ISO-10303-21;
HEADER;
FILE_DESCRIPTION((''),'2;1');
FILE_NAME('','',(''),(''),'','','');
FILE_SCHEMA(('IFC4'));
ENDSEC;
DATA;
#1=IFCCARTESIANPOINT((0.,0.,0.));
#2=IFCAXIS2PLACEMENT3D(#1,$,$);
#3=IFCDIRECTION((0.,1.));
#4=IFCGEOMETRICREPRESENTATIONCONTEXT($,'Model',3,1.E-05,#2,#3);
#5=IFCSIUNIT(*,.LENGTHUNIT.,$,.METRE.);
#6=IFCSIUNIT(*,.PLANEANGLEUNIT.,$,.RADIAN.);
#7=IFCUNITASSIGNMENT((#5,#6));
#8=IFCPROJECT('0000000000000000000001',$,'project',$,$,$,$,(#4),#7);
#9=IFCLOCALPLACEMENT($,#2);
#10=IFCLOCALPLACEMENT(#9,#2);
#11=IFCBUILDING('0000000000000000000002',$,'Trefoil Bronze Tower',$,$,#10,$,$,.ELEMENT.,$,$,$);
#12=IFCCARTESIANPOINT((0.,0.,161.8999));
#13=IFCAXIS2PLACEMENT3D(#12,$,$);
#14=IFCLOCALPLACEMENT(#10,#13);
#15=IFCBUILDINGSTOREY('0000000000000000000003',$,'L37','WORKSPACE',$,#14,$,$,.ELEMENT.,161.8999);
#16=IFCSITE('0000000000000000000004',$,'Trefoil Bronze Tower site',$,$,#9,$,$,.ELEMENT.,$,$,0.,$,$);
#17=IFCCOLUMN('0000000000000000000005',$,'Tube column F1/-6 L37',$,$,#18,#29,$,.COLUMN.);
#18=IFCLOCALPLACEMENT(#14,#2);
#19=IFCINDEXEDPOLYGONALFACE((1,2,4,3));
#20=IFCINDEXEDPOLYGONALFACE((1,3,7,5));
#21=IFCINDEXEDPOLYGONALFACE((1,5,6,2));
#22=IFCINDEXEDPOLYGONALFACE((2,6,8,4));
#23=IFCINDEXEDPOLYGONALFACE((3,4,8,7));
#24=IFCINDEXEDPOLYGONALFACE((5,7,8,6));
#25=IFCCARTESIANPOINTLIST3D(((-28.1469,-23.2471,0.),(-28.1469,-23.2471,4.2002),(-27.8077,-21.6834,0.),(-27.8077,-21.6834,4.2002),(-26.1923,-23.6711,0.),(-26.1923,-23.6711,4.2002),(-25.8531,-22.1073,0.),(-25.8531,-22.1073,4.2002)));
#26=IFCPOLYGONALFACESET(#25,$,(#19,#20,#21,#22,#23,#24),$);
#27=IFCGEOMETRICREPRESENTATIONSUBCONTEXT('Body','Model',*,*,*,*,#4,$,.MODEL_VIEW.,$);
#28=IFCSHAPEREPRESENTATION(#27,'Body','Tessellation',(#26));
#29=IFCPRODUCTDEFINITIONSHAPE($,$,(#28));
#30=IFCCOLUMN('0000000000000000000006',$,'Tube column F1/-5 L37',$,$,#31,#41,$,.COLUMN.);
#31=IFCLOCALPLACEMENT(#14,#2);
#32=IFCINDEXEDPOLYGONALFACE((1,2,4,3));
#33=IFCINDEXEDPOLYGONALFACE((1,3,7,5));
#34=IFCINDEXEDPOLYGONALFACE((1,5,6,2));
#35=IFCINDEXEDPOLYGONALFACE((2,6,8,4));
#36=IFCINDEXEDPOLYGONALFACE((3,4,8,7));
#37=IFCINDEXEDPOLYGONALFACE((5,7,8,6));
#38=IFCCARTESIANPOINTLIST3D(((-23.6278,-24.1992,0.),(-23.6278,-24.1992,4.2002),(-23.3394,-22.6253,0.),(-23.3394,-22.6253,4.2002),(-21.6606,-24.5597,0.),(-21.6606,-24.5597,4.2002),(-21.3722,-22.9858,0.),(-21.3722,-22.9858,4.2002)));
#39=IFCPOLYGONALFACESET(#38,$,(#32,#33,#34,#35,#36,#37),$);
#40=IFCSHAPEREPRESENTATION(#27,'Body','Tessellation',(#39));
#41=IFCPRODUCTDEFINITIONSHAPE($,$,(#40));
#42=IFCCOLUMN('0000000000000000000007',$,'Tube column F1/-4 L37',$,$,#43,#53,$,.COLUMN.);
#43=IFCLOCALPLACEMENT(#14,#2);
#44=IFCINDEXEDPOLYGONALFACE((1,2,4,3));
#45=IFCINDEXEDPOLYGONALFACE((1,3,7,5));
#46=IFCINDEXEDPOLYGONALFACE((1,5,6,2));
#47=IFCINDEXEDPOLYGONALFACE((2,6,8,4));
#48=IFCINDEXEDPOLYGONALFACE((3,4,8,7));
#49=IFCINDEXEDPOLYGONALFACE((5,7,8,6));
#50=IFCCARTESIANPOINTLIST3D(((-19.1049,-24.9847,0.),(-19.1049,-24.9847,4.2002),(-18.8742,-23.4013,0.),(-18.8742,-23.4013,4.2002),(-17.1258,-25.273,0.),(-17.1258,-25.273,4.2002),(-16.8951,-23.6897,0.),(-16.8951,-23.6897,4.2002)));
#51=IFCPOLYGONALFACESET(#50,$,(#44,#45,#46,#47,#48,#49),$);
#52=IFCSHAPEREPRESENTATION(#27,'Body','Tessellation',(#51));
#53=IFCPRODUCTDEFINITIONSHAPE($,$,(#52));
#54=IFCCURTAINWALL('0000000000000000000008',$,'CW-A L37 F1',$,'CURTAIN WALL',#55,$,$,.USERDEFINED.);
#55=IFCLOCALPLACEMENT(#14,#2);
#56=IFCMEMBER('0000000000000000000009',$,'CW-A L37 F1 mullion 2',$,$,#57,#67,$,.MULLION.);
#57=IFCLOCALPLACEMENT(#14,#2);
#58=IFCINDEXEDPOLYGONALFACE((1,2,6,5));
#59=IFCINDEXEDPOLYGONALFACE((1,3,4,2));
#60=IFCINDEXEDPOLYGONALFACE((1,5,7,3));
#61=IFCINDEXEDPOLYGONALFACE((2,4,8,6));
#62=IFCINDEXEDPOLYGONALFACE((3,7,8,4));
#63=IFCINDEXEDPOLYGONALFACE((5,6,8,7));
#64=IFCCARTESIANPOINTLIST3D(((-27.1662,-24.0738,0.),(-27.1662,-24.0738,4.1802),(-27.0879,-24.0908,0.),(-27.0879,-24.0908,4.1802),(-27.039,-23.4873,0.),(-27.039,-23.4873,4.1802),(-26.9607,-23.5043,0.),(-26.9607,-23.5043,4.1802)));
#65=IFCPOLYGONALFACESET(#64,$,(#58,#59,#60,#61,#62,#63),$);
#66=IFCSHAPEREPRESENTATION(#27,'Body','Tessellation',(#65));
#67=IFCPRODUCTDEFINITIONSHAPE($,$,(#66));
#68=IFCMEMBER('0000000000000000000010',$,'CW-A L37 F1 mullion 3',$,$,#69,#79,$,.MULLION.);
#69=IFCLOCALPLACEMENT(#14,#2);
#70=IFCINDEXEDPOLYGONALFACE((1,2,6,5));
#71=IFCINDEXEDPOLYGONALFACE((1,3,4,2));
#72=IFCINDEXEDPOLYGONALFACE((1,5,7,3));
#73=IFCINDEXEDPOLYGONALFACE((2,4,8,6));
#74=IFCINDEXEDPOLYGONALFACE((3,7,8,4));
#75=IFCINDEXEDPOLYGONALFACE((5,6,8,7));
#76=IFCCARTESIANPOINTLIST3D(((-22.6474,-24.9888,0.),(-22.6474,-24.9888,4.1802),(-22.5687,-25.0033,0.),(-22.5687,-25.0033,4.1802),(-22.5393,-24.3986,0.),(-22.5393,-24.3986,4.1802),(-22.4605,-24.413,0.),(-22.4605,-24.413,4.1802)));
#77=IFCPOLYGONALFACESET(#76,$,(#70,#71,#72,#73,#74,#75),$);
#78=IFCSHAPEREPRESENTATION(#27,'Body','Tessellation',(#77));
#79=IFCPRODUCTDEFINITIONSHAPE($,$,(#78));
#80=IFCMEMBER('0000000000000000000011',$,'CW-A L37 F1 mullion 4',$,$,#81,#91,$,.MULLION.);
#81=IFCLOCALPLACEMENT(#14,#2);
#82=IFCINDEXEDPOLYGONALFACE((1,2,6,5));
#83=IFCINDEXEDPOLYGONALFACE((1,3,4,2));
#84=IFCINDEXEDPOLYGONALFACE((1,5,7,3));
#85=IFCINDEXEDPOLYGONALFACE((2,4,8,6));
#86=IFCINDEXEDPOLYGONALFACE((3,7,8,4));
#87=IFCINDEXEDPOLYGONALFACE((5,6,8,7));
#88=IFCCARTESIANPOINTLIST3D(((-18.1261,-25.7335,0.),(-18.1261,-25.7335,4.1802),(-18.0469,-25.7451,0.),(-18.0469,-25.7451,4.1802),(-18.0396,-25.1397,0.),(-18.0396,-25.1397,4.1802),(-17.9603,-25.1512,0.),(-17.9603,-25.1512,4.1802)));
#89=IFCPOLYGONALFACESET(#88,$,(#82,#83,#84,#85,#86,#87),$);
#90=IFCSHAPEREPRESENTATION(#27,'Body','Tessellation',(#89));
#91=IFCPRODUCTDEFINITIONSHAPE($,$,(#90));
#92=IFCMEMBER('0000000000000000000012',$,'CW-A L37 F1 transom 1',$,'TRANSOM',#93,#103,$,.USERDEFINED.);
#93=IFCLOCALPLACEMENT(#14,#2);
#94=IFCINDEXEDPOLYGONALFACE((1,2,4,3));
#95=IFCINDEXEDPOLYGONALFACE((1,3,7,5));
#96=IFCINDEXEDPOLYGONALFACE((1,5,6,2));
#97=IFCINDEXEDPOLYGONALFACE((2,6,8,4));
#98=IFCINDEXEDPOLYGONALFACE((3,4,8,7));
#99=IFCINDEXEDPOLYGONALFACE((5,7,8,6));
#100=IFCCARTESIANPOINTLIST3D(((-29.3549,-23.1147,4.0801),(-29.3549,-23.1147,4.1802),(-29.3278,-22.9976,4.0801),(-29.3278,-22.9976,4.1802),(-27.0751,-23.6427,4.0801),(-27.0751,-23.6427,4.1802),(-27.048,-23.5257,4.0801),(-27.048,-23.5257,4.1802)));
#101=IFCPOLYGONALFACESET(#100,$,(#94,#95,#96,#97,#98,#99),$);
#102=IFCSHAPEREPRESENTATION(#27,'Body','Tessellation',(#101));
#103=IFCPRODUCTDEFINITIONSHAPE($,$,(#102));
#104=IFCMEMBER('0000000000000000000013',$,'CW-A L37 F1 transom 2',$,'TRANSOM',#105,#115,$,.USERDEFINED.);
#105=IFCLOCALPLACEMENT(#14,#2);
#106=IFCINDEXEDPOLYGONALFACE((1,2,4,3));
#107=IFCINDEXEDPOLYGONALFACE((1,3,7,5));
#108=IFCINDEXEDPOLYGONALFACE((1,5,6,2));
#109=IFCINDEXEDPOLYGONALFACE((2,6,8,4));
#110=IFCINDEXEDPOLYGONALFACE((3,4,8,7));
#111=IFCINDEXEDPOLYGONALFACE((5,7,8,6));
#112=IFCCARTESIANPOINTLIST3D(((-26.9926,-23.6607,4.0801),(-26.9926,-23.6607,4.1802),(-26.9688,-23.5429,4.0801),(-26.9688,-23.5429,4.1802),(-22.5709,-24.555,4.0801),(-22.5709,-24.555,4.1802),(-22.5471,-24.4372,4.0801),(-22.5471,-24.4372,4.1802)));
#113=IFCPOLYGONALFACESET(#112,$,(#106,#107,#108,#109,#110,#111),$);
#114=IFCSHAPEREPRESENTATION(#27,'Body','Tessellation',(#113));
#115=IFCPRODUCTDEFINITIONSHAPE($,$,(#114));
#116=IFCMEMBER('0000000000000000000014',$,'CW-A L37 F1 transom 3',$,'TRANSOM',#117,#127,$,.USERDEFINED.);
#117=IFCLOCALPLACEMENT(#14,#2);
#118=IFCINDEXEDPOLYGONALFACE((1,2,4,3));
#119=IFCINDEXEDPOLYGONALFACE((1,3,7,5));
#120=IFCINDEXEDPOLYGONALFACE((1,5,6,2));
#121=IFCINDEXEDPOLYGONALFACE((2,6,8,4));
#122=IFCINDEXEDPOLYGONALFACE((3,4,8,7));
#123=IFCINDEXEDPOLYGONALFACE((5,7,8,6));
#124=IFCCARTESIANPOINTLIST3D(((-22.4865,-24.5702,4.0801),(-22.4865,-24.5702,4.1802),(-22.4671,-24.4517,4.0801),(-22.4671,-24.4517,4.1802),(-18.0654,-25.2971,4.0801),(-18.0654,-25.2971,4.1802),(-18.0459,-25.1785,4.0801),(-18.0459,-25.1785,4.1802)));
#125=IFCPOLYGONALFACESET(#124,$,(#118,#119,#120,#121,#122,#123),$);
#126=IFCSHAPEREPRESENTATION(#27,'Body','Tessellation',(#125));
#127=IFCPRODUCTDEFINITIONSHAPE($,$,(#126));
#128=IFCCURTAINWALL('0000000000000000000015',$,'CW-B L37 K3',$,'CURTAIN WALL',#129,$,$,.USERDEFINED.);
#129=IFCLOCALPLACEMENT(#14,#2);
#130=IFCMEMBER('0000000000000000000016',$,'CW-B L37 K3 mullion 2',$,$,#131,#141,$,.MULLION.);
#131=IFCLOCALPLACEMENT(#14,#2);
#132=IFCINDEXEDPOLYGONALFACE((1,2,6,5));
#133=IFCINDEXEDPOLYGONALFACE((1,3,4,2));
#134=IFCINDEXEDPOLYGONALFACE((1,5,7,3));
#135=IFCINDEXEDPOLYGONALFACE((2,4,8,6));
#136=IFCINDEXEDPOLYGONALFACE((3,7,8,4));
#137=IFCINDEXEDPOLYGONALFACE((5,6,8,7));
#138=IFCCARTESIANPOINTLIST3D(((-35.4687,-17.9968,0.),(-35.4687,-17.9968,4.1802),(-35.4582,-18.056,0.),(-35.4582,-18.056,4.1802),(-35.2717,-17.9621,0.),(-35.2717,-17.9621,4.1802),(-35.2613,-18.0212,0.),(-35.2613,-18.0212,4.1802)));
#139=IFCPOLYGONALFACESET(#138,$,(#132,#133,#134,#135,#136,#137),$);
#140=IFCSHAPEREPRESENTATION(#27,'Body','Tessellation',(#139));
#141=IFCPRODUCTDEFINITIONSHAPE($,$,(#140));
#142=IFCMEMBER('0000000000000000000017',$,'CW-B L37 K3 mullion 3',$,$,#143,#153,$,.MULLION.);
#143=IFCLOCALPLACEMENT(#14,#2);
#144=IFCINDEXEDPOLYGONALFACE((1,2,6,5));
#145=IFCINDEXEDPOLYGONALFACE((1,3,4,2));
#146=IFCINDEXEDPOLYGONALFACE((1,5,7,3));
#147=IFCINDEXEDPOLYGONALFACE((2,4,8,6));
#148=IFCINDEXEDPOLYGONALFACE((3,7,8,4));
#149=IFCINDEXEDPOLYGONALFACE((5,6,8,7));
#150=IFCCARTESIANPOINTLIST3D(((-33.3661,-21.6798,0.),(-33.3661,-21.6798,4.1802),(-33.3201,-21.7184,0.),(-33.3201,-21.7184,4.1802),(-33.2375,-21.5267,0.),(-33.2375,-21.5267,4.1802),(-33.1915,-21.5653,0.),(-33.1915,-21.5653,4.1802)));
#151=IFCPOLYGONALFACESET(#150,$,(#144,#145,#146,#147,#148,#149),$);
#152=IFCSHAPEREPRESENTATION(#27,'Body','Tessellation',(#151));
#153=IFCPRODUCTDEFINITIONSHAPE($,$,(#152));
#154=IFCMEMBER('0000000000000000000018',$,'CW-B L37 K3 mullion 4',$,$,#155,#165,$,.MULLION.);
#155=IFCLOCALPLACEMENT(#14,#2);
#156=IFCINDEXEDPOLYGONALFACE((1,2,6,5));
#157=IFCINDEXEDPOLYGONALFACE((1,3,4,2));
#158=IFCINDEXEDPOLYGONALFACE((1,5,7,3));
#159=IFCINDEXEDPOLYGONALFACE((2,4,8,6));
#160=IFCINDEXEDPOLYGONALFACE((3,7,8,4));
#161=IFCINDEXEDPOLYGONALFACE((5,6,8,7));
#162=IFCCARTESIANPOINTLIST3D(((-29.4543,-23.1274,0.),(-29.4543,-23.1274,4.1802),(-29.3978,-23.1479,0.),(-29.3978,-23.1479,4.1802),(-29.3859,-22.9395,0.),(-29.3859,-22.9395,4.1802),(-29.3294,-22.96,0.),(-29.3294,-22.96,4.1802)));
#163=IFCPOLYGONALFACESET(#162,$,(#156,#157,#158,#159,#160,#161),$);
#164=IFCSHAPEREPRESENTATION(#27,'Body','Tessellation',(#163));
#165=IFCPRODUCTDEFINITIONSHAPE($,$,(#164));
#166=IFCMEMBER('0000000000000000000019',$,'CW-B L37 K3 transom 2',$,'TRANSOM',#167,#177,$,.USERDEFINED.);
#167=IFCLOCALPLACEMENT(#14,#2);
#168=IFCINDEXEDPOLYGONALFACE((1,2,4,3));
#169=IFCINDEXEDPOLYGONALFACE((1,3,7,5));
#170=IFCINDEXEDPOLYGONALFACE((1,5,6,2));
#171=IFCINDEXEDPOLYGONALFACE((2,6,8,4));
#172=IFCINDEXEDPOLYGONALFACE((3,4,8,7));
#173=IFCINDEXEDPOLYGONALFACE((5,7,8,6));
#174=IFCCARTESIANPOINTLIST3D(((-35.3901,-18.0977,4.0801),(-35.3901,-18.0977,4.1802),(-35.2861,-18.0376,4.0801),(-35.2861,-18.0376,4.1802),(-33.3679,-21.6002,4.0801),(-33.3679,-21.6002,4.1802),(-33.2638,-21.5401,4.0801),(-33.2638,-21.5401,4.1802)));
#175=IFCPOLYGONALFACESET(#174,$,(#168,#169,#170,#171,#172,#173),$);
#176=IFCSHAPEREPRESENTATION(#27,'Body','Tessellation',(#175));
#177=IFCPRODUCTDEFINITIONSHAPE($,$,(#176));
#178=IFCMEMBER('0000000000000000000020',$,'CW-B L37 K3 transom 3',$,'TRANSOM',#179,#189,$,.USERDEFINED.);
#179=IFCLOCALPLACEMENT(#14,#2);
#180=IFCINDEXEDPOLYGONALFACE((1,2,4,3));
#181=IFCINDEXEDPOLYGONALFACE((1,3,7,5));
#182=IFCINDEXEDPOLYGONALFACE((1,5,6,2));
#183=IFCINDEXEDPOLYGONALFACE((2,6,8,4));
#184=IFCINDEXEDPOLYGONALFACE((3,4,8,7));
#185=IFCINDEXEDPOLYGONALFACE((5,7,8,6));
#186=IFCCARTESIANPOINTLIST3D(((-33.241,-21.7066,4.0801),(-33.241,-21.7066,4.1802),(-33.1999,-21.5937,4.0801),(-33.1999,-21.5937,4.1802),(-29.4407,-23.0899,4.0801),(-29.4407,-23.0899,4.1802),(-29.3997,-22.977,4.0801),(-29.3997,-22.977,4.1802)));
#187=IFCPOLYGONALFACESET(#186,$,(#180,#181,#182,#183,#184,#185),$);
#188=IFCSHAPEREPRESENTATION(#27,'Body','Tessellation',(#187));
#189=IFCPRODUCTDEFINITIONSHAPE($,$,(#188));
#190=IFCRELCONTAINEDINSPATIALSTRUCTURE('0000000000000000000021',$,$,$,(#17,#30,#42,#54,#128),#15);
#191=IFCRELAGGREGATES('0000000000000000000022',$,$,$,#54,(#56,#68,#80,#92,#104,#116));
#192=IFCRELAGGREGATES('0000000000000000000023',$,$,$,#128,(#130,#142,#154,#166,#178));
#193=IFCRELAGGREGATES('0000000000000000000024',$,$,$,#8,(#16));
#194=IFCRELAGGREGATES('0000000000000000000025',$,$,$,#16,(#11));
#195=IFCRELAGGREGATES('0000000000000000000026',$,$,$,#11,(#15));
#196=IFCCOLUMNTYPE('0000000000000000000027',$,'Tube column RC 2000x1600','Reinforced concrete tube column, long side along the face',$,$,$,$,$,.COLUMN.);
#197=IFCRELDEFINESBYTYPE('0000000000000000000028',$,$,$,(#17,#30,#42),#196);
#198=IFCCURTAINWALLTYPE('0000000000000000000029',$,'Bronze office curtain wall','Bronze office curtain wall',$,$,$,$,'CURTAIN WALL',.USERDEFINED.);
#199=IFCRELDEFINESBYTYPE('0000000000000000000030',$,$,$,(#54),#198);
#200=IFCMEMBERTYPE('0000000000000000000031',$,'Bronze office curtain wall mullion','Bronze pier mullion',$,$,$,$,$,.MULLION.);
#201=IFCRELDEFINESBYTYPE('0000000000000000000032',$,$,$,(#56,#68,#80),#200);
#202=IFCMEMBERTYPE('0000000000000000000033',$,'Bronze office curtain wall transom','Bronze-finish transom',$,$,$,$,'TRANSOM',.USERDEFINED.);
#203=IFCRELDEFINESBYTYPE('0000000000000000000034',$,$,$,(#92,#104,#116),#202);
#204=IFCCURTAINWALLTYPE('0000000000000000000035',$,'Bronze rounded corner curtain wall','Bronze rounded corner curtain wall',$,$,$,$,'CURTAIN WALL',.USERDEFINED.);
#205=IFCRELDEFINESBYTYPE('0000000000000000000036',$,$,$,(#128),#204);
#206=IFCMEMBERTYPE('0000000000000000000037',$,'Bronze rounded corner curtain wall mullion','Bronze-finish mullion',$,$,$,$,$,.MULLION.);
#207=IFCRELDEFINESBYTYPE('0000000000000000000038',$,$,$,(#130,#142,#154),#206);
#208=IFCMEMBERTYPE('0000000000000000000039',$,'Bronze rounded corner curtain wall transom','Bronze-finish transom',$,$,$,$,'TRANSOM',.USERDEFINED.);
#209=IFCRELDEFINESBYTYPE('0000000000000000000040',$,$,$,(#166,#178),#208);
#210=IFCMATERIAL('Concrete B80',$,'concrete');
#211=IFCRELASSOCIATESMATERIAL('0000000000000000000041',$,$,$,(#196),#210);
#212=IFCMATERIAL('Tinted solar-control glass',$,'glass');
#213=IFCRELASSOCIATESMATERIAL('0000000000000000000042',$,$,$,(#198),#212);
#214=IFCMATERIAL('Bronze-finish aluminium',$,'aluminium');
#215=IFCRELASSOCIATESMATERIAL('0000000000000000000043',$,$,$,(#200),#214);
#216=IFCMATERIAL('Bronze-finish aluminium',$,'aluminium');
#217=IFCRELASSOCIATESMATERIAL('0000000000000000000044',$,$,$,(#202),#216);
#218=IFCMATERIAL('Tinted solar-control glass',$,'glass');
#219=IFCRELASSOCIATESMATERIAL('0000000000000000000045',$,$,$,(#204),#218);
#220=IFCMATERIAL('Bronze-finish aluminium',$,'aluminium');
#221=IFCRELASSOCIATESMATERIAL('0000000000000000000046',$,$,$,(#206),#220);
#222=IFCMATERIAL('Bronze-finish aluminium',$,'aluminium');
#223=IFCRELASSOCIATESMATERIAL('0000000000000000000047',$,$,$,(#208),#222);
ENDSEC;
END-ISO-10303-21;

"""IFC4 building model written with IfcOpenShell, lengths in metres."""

from ifc_helpers import new_model, si_unit, direction, frame, origin, origin_2d, place, context, subcontext, project, spatial, rectangle, extrude, material, material_profile, profile_set, type_object, element, aggregate, save


model = new_model("IFC4")

# Units and contexts
model_context = context("Model", 3, precision=1e-05, world=origin(), true_north=direction((0.0, 1.0)))
body_context = subcontext(model_context, "Body", "Model", "MODEL_VIEW")
ifc_project = project(units=[si_unit("LENGTHUNIT", "METRE"), si_unit("PLANEANGLEUNIT", "RADIAN")], contexts=[model_context])

# Site, building, storey
site_placement = place(None, origin())
site = spatial("IfcSite", under=ifc_project, at=site_placement, Name="Trefoil Bronze Tower site", CompositionType="ELEMENT", RefElevation=0.0)
building_placement = place(site_placement, origin())
building = spatial("IfcBuilding", under=site, at=building_placement, Name="Trefoil Bronze Tower", CompositionType="ELEMENT")
storey_placement = place(building_placement, frame((0.0, 0.0, 161.8999)))
storey = spatial("IfcBuildingStorey", under=building, at=storey_placement, Name="L37", Description="WORKSPACE", CompositionType="ELEMENT", Elevation=161.8999)

# Columns
ifc_material_1 = material(Name="Concrete B80", Category="concrete")
ifc_material_profile_1 = material_profile(ifc_material_1, rectangle(XDim=2.0, YDim=1.6001, at=origin_2d()), Name="RC 2000x1600")
ifc_profile_set_1 = profile_set([ifc_material_profile_1], Name="Concrete B80")
column_type = type_object("IfcColumnType", Name="Tube column RC 2000x1600", Description="Reinforced concrete tube column, long side along the face", PredefinedType="COLUMN", material=ifc_profile_set_1)
for number, where, z_axis, x_axis, name in (
    (1, (-27.0, -22.6772, 0.0), (0.0, 0.0, 1.0), (0.977276, -0.21197, 0.0), "Tube column F1/-6 L37"),
    (2, (-22.5, -23.5925, 0.0), (0.0, 0.0, 1.0), (0.983623, -0.180241, 0.0), "Tube column F1/-5 L37"),
    (3, (-18.0, -24.3372, 0.0), (0.0, 0.0, 1.0), (0.98955, -0.144192, 0.0), "Tube column F1/-4 L37"),
):
    element("IfcColumn", number, at=place(storey_placement, frame(where, z_axis=z_axis, x_axis=x_axis)), inside=storey, type_object=column_type, Name=name, PredefinedType="COLUMN", context=body_context, shape_type="SweptSolid", body=[
        extrude(rectangle(XDim=2.0, YDim=1.6001, at=origin_2d()), origin(), (0.0, 0.0, 1.0), 4.2002),
    ])

# Curtain walls, members
ifc_material_2 = material(Name="Tinted solar-control glass", Category="glass")
curtain_wall_type_1 = type_object("IfcCurtainWallType", Name="Bronze office curtain wall", Description="Bronze office curtain wall", ElementType="CURTAIN WALL", PredefinedType="USERDEFINED", material=ifc_material_2)
curtain_wall_1_placement = place(storey_placement, origin())
curtain_wall_1 = element("IfcCurtainWall", 4, at=curtain_wall_1_placement, inside=storey, type_object=curtain_wall_type_1, Name="CW-A L37 F1", ObjectType="CURTAIN WALL", PredefinedType="USERDEFINED")
ifc_material_3 = material(Name="Bronze-finish aluminium", Category="aluminium")
ifc_material_profile_2 = material_profile(ifc_material_3, rectangle(XDim=0.6001, YDim=0.0801, at=origin_2d()), Name="CW-A mullion")
ifc_profile_set_2 = profile_set([ifc_material_profile_2], Name="Bronze-finish aluminium")
member_type_1 = type_object("IfcMemberType", Name="Bronze office curtain wall mullion", Description="Bronze pier mullion", PredefinedType="MULLION", material=ifc_profile_set_2)
member_1_placement = place(storey_placement, frame((-27.0635, -23.7891, 0.0), z_axis=(0.0, 0.0, 1.0), x_axis=(0.21197, 0.977276, 0.0)))
member_1 = element("IfcMember", 5, at=member_1_placement, type_object=member_type_1, Name="CW-A L37 F1 mullion 2", PredefinedType="MULLION", context=body_context, shape_type="SweptSolid", body=[
    extrude(rectangle(XDim=0.6001, YDim=0.0801, at=origin_2d()), origin(), (0.0, 0.0, 1.0), 4.1802),
])
member_2_placement = place(storey_placement, frame((-22.554, -24.7009, 0.0), z_axis=(0.0, 0.0, 1.0), x_axis=(0.180241, 0.983623, 0.0)))
member_2 = element("IfcMember", 6, at=member_2_placement, type_object=member_type_1, Name="CW-A L37 F1 mullion 3", PredefinedType="MULLION", context=body_context, shape_type="SweptSolid", body=[
    extrude(rectangle(XDim=0.6001, YDim=0.0801, at=origin_2d()), origin(), (0.0, 0.0, 1.0), 4.1802),
])
member_3_placement = place(storey_placement, frame((-18.0432, -25.4424, 0.0), z_axis=(0.0, 0.0, 1.0), x_axis=(0.144192, 0.98955, 0.0)))
member_3 = element("IfcMember", 7, at=member_3_placement, type_object=member_type_1, Name="CW-A L37 F1 mullion 4", PredefinedType="MULLION", context=body_context, shape_type="SweptSolid", body=[
    extrude(rectangle(XDim=0.6001, YDim=0.0801, at=origin_2d()), origin(), (0.0, 0.0, 1.0), 4.1802),
])
ifc_material_4 = material(Name="Bronze-finish aluminium", Category="aluminium")
ifc_material_profile_3 = material_profile(ifc_material_4, rectangle(XDim=0.1201, YDim=0.1001, at=origin_2d()), Name="CW-A transom")
ifc_profile_set_3 = profile_set([ifc_material_profile_3], Name="Bronze-finish aluminium")
member_type_2 = type_object("IfcMemberType", Name="Bronze office curtain wall transom", Description="Bronze-finish transom", ElementType="TRANSOM", PredefinedType="USERDEFINED", material=ifc_profile_set_3)
member_4_placement = place(storey_placement, frame((-29.3413, -23.0562, 4.1301), z_axis=(0.974206, -0.225659, 0.0), x_axis=(0.225659, 0.974206, 0.0)))
member_4 = element("IfcMember", 8, at=member_4_placement, type_object=member_type_2, Name="CW-A L37 F1 transom 1", ObjectType="TRANSOM", PredefinedType="USERDEFINED", context=body_context, shape_type="SweptSolid", body=[
    extrude(rectangle(XDim=0.1201, YDim=0.1001, at=origin_2d()), origin(), (0.0, 0.0, 1.0), 2.3401),
])
member_5_placement = place(storey_placement, frame((-26.9807, -23.6018, 4.1301), z_axis=(0.980154, -0.198239, 0.0), x_axis=(0.198239, 0.980154, 0.0)))
member_5 = element("IfcMember", 9, at=member_5_placement, type_object=member_type_2, Name="CW-A L37 F1 transom 2", ObjectType="TRANSOM", PredefinedType="USERDEFINED", context=body_context, shape_type="SweptSolid", body=[
    extrude(rectangle(XDim=0.1201, YDim=0.1001, at=origin_2d()), origin(), (0.0, 0.0, 1.0), 4.5112),
])
member_6_placement = place(storey_placement, frame((-22.4768, -24.511, 4.1301), z_axis=(0.986755, -0.162216, 0.0), x_axis=(0.162216, 0.986755, 0.0)))
member_6 = element("IfcMember", 10, at=member_6_placement, type_object=member_type_2, Name="CW-A L37 F1 transom 3", ObjectType="TRANSOM", PredefinedType="USERDEFINED", context=body_context, shape_type="SweptSolid", body=[
    extrude(rectangle(XDim=0.1201, YDim=0.1001, at=origin_2d()), origin(), (0.0, 0.0, 1.0), 4.4805),
])
ifc_material_5 = material(Name="Tinted solar-control glass", Category="glass")
curtain_wall_type_2 = type_object("IfcCurtainWallType", Name="Bronze rounded corner curtain wall", Description="Bronze rounded corner curtain wall", ElementType="CURTAIN WALL", PredefinedType="USERDEFINED", material=ifc_material_5)
curtain_wall_2_placement = place(storey_placement, origin())
curtain_wall_2 = element("IfcCurtainWall", 11, at=curtain_wall_2_placement, inside=storey, type_object=curtain_wall_type_2, Name="CW-B L37 K3", ObjectType="CURTAIN WALL", PredefinedType="USERDEFINED")
ifc_material_6 = material(Name="Bronze-finish aluminium", Category="aluminium")
ifc_material_profile_4 = material_profile(ifc_material_6, rectangle(XDim=0.2, YDim=0.0601, at=origin_2d()), Name="CW-B mullion")
ifc_profile_set_4 = profile_set([ifc_material_profile_4], Name="Bronze-finish aluminium")
member_type_3 = type_object("IfcMemberType", Name="Bronze rounded corner curtain wall mullion", Description="Bronze-finish mullion", PredefinedType="MULLION", material=ifc_profile_set_4)
member_7_placement = place(storey_placement, frame((-35.365, -18.009, 0.0), z_axis=(0.0, 0.0, 1.0), x_axis=(0.984808, 0.173648, 0.0)))
member_7 = element("IfcMember", 12, at=member_7_placement, type_object=member_type_3, Name="CW-B L37 K3 mullion 2", PredefinedType="MULLION", context=body_context, shape_type="SweptSolid", body=[
    extrude(rectangle(XDim=0.2, YDim=0.0601, at=origin_2d()), origin(), (0.0, 0.0, 1.0), 4.1802),
])
member_8_placement = place(storey_placement, frame((-33.2788, -21.6226, 0.0), z_axis=(0.0, 0.0, 1.0), x_axis=(0.642788, 0.766044, 0.0)))
member_8 = element("IfcMember", 13, at=member_8_placement, type_object=member_type_3, Name="CW-B L37 K3 mullion 3", PredefinedType="MULLION", context=body_context, shape_type="SweptSolid", body=[
    extrude(rectangle(XDim=0.2, YDim=0.0601, at=origin_2d()), origin(), (0.0, 0.0, 1.0), 4.1802),
])
member_9_placement = place(storey_placement, frame((-29.3918, -23.0437, 0.0), z_axis=(0.0, 0.0, 1.0), x_axis=(0.34202, 0.939693, 0.0)))
member_9 = element("IfcMember", 14, at=member_9_placement, type_object=member_type_3, Name="CW-B L37 K3 mullion 4", PredefinedType="MULLION", context=body_context, shape_type="SweptSolid", body=[
    extrude(rectangle(XDim=0.2, YDim=0.0601, at=origin_2d()), origin(), (0.0, 0.0, 1.0), 4.1802),
])
ifc_material_7 = material(Name="Bronze-finish aluminium", Category="aluminium")
ifc_material_profile_5 = material_profile(ifc_material_7, rectangle(XDim=0.1201, YDim=0.1001, at=origin_2d()), Name="CW-B transom")
ifc_profile_set_5 = profile_set([ifc_material_profile_5], Name="Bronze-finish aluminium")
member_type_4 = type_object("IfcMemberType", Name="Bronze rounded corner curtain wall transom", Description="Bronze-finish transom", ElementType="TRANSOM", PredefinedType="USERDEFINED", material=ifc_profile_set_5)
member_10_placement = place(storey_placement, frame((-35.3381, -18.0676, 4.1301), z_axis=(0.500015, -0.866017, 0.0), x_axis=(0.866017, 0.500015, 0.0)))
member_10 = element("IfcMember", 15, at=member_10_placement, type_object=member_type_4, Name="CW-B L37 K3 transom 2", ObjectType="TRANSOM", PredefinedType="USERDEFINED", context=body_context, shape_type="SweptSolid", body=[
    extrude(rectangle(XDim=0.1201, YDim=0.1001, at=origin_2d()), origin(), (0.0, 0.0, 1.0), 4.0444),
])
member_11_placement = place(storey_placement, frame((-33.2205, -21.6501, 4.1301), z_axis=(0.939684, -0.342044, 0.0), x_axis=(0.342044, 0.939684, 0.0)))
member_11 = element("IfcMember", 16, at=member_11_placement, type_object=member_type_4, Name="CW-B L37 K3 transom 3", ObjectType="TRANSOM", PredefinedType="USERDEFINED", context=body_context, shape_type="SweptSolid", body=[
    extrude(rectangle(XDim=0.1201, YDim=0.1001, at=origin_2d()), origin(), (0.0, 0.0, 1.0), 4.0442),
])

aggregate(curtain_wall_1, [member_1, member_2, member_3, member_4, member_5, member_6])
aggregate(curtain_wall_2, [member_7, member_8, member_9, member_10, member_11])

save(model, "model.ifc")
